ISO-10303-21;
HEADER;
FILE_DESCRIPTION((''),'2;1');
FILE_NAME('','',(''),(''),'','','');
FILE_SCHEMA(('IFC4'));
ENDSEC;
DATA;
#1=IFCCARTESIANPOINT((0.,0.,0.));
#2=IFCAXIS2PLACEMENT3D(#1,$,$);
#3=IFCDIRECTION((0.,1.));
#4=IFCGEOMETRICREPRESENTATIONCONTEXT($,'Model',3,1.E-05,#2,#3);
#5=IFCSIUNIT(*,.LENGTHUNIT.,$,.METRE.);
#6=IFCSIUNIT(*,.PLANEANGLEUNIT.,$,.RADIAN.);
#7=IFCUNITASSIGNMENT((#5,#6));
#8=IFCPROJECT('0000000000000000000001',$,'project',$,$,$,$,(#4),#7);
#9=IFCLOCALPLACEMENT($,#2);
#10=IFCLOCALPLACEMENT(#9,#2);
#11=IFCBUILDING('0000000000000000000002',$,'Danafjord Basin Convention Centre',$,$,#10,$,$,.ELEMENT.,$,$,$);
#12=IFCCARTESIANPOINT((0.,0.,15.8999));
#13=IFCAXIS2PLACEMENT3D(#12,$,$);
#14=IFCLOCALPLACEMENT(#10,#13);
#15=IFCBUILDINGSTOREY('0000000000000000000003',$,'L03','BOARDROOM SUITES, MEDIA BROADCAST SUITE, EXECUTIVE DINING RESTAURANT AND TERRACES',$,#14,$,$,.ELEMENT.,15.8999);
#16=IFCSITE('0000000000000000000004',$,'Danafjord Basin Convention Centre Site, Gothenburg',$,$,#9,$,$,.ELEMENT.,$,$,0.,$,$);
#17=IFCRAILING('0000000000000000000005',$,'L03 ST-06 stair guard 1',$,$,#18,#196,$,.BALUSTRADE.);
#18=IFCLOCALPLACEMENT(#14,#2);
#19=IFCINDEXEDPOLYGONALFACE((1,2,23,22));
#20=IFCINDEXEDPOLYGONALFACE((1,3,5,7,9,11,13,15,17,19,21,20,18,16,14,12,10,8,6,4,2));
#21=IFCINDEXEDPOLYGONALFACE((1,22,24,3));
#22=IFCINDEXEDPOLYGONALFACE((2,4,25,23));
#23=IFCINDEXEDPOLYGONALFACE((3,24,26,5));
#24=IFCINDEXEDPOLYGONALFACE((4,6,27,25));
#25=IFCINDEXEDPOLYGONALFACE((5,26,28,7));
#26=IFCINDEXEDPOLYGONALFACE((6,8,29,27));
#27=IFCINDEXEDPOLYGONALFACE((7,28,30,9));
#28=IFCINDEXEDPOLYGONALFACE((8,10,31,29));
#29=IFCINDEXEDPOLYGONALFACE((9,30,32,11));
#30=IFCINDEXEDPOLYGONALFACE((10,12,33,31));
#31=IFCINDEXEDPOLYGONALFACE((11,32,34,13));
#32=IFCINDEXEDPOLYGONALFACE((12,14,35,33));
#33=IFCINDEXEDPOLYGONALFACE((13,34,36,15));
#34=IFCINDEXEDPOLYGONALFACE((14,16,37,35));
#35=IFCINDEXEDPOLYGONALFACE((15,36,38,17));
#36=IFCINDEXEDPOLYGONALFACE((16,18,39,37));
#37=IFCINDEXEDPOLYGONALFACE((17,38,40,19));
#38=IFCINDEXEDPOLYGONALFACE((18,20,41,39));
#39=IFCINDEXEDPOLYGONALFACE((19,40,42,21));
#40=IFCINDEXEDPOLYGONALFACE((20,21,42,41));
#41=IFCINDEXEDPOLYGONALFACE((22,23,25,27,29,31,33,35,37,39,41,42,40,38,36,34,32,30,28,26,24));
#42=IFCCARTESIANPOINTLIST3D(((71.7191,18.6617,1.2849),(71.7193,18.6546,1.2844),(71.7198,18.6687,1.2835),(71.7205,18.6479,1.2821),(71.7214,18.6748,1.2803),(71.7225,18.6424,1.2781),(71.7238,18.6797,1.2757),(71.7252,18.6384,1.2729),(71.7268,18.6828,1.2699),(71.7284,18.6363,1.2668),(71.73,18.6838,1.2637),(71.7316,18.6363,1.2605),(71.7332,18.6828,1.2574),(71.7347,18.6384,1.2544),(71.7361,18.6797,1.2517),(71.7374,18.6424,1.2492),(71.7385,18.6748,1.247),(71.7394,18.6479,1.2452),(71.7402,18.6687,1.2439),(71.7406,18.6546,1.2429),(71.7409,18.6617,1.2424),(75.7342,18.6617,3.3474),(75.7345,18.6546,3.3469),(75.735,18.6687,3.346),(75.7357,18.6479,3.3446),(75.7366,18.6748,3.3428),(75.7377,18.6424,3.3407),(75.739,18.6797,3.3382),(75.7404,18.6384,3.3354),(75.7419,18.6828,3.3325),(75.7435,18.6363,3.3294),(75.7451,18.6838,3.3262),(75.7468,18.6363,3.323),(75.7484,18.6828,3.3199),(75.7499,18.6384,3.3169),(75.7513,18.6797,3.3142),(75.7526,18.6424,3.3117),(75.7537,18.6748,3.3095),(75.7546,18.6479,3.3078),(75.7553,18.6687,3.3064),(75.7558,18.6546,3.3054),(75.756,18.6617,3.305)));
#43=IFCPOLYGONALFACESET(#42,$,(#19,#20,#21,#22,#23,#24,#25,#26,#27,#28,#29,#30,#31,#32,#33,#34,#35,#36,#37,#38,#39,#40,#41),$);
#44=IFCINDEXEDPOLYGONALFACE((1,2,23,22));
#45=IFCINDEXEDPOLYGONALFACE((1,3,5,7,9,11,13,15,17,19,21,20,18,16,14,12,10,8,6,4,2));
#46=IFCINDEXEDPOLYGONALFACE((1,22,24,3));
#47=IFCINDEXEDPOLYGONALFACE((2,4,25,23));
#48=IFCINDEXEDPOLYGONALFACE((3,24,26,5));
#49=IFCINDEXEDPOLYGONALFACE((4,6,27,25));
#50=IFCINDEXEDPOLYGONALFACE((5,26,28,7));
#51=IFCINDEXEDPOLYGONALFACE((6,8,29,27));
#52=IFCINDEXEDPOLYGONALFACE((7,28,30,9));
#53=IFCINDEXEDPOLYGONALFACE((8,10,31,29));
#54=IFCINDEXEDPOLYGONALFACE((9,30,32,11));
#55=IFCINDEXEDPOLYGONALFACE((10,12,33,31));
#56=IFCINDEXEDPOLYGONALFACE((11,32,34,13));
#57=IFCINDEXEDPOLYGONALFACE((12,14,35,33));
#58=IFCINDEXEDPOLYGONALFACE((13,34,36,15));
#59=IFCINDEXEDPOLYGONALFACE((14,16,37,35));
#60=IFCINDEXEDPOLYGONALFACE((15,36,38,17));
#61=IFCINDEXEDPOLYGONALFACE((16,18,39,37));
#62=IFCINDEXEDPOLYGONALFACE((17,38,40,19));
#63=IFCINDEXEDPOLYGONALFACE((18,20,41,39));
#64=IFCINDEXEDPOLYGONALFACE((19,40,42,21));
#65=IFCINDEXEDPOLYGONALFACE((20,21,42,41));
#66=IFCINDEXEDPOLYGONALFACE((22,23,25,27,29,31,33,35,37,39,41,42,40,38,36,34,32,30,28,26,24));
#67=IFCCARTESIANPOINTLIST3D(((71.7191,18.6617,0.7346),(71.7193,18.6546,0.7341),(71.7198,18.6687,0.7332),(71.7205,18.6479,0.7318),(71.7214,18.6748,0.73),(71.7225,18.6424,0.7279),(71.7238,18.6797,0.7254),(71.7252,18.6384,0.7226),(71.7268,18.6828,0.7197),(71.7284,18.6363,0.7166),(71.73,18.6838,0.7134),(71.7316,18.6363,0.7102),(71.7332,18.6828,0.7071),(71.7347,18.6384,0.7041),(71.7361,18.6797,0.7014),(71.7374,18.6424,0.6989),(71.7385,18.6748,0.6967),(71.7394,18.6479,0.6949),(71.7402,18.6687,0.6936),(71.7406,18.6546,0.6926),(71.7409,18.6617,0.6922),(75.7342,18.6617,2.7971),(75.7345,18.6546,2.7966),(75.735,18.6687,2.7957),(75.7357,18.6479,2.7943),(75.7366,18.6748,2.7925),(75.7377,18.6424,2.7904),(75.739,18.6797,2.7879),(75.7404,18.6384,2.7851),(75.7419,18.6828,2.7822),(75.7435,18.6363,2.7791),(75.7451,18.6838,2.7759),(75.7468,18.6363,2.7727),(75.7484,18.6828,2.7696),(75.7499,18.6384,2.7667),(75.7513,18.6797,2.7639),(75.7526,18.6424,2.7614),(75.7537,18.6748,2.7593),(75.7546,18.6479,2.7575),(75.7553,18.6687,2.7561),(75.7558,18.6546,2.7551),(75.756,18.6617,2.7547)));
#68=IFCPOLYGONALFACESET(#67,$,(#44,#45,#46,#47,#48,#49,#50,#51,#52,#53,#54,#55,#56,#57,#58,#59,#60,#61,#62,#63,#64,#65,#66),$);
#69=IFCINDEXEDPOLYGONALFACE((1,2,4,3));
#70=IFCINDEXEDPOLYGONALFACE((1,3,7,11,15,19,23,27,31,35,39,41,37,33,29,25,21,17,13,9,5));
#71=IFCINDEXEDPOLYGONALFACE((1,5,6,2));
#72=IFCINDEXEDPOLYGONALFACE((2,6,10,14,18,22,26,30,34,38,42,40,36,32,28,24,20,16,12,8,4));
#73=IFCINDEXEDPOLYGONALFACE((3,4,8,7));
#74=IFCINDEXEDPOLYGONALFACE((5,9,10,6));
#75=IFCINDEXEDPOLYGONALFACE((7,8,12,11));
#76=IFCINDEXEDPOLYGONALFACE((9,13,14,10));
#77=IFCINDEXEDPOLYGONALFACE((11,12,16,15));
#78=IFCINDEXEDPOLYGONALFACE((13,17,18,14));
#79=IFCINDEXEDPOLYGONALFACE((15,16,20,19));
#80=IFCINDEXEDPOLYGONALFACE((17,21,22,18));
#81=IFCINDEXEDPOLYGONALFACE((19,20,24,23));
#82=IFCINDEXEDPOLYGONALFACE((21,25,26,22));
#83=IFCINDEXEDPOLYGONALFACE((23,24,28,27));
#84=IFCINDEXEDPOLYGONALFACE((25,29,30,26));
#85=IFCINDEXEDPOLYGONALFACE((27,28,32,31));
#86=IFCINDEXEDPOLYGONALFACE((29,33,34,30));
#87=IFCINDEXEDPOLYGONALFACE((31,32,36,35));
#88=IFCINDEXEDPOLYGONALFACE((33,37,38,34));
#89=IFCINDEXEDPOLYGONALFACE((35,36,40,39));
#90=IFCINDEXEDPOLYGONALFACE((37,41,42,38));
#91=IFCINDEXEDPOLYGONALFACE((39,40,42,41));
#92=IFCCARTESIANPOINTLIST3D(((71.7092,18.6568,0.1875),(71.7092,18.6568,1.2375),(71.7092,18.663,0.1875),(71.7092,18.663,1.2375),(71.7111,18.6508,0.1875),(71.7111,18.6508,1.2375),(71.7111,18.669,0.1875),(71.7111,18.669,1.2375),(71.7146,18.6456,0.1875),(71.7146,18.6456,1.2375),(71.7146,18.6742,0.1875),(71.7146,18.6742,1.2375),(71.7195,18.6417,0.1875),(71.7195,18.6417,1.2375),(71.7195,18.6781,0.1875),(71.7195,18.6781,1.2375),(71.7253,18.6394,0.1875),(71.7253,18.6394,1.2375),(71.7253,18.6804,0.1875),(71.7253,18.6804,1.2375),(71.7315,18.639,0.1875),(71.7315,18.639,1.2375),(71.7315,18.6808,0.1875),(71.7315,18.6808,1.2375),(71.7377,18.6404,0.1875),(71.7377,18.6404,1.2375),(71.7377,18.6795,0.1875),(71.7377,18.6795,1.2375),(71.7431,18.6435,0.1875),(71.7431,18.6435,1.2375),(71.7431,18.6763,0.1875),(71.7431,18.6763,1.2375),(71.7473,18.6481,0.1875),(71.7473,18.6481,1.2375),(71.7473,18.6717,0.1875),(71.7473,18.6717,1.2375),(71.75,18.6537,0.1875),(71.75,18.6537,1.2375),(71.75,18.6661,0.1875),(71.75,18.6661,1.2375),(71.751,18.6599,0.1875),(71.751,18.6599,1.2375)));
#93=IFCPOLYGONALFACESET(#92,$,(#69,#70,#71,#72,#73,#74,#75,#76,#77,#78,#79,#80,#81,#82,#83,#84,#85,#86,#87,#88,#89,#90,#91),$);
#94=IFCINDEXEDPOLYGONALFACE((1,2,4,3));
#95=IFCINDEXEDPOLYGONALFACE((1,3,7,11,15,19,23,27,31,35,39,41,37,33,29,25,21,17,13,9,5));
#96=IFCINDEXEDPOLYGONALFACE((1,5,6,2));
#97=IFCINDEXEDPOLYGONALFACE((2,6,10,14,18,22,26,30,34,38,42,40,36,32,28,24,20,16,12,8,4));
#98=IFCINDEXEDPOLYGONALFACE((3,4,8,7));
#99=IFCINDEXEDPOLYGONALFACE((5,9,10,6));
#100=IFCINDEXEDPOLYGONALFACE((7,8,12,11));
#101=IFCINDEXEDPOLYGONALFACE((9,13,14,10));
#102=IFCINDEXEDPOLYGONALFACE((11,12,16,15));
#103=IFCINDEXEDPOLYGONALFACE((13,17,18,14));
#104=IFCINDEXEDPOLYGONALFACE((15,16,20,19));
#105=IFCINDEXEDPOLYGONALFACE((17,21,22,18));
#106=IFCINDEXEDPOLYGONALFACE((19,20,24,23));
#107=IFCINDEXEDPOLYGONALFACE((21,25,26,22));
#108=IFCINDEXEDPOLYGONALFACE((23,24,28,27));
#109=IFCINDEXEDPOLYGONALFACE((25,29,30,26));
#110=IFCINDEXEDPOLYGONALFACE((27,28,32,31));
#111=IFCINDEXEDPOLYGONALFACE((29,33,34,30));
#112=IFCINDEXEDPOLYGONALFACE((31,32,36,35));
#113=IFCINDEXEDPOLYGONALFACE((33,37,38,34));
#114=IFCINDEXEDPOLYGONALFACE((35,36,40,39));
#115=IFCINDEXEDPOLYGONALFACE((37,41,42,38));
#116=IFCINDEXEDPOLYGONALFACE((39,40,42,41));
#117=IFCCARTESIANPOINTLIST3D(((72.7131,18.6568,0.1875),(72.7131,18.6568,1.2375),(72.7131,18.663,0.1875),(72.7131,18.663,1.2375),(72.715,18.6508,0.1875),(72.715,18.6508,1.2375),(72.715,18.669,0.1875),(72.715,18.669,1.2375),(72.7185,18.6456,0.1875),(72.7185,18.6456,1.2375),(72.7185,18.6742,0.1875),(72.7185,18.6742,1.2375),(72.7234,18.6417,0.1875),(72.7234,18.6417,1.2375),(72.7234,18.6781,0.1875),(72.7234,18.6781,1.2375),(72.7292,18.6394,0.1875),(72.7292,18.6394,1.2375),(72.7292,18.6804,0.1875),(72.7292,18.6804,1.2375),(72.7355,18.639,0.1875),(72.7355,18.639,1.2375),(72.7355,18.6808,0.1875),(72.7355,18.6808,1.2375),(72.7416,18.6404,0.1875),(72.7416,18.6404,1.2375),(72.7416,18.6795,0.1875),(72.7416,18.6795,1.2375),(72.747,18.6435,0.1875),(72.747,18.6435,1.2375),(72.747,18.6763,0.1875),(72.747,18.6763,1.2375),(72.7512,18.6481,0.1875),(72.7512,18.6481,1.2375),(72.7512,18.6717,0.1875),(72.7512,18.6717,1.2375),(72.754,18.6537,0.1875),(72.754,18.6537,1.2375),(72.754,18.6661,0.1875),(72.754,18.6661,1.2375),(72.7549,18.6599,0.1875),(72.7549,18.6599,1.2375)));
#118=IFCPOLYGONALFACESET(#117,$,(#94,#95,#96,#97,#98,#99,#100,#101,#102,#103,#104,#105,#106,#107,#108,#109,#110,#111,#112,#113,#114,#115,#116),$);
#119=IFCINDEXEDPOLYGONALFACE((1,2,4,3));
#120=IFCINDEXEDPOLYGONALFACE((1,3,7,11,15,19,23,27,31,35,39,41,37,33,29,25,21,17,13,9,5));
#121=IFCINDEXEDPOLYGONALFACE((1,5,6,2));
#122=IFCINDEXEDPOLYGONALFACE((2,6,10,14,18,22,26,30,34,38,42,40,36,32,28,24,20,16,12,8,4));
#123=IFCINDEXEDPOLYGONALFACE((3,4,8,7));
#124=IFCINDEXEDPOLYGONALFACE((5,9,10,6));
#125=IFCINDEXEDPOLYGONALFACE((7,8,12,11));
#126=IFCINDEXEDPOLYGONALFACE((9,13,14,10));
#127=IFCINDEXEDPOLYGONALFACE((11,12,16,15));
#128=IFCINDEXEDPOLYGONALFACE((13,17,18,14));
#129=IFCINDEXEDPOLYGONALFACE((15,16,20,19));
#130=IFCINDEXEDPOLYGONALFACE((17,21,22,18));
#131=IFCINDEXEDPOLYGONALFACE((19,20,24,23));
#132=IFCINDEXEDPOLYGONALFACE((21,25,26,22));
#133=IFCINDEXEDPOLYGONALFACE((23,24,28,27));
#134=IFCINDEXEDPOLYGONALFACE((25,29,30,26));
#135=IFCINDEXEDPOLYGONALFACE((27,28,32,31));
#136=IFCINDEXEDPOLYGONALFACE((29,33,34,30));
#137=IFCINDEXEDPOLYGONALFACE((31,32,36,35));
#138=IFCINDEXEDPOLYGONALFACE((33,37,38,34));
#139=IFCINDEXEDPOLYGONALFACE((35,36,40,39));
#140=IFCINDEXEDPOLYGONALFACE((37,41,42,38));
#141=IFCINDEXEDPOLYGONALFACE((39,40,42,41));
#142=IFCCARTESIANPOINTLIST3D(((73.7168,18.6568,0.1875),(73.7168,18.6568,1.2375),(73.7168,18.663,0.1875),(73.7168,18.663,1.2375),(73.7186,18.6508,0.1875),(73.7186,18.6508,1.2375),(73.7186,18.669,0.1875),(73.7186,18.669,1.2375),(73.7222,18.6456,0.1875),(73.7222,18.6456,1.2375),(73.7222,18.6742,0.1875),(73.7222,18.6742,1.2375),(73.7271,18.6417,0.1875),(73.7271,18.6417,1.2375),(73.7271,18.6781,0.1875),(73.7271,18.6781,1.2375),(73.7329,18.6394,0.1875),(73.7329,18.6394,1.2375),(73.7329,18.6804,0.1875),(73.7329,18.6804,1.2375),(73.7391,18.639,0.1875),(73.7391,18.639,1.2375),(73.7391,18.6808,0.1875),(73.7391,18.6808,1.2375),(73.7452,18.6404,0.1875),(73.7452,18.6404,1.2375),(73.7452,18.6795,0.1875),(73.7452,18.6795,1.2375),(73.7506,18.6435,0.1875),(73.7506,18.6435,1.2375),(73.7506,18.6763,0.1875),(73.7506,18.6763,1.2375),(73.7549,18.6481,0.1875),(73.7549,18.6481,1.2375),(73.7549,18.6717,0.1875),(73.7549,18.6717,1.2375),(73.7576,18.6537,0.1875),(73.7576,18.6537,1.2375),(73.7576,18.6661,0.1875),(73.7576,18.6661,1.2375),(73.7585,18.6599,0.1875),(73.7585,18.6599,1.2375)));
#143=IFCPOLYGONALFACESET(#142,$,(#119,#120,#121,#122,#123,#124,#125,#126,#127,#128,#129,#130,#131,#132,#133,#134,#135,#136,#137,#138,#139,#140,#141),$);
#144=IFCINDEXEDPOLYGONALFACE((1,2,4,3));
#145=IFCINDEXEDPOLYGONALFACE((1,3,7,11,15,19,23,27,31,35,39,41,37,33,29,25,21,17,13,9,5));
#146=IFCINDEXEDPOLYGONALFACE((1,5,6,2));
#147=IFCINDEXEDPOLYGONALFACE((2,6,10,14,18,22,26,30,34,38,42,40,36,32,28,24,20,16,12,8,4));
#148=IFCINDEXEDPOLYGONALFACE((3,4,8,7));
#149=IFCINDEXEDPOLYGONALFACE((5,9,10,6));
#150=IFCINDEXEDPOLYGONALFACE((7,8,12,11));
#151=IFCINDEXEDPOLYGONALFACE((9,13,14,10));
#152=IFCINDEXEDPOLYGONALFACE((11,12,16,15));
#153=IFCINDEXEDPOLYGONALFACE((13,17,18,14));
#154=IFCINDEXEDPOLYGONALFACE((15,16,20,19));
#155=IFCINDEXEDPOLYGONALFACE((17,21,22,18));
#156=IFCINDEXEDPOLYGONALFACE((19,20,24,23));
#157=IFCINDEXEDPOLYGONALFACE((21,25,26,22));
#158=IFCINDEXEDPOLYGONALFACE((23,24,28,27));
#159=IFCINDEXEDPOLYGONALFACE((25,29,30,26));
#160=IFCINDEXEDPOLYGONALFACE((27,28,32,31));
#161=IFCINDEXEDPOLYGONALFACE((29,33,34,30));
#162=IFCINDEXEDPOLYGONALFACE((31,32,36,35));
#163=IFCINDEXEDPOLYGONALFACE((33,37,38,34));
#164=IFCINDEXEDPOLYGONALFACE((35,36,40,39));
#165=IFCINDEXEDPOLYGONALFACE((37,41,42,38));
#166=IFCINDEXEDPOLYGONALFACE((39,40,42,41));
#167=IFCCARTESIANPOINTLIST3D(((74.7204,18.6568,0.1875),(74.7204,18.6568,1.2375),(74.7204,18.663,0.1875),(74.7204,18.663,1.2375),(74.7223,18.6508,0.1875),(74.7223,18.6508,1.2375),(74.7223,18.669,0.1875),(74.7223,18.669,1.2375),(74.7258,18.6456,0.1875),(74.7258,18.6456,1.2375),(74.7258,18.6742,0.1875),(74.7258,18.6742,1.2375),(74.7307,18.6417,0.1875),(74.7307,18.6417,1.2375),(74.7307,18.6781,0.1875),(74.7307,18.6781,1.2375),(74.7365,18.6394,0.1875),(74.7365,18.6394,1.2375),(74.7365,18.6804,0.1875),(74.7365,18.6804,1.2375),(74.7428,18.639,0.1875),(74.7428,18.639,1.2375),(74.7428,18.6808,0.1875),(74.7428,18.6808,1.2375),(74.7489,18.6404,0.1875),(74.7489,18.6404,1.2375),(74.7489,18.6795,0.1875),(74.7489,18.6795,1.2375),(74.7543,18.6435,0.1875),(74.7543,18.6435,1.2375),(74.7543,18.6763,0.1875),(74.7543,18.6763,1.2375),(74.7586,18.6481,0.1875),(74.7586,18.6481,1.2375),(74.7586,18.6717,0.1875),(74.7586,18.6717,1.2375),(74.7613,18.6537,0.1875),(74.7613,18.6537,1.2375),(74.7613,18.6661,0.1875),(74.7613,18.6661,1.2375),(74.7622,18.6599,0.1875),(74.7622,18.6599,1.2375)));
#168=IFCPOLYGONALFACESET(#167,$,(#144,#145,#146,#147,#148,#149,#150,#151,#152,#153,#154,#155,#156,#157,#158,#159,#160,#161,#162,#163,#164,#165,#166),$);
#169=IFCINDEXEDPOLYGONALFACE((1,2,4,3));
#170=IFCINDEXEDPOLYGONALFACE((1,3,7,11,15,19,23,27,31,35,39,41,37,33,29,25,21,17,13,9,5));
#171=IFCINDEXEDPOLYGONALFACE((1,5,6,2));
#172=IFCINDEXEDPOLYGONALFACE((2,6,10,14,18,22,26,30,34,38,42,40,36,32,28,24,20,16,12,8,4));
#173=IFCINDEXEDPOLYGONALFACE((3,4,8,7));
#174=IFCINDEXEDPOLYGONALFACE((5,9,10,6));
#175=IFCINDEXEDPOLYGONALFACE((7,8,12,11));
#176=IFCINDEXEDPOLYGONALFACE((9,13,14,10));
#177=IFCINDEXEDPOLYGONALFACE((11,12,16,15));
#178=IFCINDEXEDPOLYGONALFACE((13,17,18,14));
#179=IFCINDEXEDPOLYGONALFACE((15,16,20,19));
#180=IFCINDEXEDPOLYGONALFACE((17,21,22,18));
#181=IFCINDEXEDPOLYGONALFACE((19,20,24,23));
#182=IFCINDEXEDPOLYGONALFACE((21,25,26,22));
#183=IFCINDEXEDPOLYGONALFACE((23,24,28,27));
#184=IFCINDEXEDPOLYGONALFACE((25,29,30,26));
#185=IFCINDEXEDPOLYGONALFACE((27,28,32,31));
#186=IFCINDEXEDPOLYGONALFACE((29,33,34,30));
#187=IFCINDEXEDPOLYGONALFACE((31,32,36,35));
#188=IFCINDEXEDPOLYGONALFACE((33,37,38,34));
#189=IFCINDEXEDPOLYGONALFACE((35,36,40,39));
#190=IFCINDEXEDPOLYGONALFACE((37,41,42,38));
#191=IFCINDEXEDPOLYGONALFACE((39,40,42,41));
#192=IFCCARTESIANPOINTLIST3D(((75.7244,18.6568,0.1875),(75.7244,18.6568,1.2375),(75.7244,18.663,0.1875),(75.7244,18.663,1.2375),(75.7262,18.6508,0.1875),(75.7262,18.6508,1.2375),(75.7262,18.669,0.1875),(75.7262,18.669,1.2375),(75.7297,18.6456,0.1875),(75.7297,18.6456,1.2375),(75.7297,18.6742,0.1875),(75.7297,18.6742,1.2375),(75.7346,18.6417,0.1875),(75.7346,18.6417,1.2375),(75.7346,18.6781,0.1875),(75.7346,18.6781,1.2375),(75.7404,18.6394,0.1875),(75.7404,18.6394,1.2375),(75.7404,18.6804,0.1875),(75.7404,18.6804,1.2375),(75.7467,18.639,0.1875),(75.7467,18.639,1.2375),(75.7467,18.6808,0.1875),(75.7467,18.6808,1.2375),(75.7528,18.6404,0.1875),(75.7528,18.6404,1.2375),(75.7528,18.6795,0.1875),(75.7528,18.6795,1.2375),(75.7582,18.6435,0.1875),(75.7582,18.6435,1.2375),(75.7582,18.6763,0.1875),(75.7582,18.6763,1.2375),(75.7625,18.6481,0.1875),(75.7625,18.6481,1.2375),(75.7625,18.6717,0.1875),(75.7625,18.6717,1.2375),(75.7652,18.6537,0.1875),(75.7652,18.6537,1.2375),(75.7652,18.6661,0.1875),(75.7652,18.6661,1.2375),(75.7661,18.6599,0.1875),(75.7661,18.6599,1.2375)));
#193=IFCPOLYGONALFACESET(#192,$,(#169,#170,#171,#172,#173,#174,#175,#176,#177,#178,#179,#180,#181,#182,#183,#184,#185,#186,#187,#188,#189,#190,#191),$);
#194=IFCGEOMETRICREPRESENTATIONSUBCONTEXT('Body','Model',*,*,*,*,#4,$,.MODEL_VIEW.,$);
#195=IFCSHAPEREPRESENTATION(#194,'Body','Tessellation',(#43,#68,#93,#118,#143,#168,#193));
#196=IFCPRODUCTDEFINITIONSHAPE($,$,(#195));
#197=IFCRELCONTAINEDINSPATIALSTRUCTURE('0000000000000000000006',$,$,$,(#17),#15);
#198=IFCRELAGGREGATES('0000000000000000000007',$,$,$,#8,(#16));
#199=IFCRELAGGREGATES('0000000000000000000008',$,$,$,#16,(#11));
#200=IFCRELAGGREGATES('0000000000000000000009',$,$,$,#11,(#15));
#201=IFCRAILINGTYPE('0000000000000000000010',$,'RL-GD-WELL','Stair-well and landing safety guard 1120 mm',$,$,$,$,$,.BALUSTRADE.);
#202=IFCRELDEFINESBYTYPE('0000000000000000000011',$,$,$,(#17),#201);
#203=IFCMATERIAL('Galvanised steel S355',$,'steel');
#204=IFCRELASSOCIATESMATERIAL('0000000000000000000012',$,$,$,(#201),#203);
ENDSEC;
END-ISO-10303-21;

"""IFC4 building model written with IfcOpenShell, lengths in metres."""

from ifc_helpers import new_model, si_unit, direction, frame, origin, origin_2d, place, context, subcontext, project, spatial, circle, extrude, material, type_object, element, save


model = new_model("IFC4")

# Units and contexts
model_context = context("Model", 3, precision=1e-05, world=origin(), true_north=direction((0.0, 1.0)))
body_context = subcontext(model_context, "Body", "Model", "MODEL_VIEW")
ifc_project = project(units=[si_unit("LENGTHUNIT", "METRE"), si_unit("PLANEANGLEUNIT", "RADIAN")], contexts=[model_context])

# Site, building, storey
site_placement = place(None, origin())
site = spatial("IfcSite", under=ifc_project, at=site_placement, Name="Danafjord Basin Convention Centre Site, Gothenburg", CompositionType="ELEMENT", RefElevation=0.0)
building_placement = place(site_placement, origin())
building = spatial("IfcBuilding", under=site, at=building_placement, Name="Danafjord Basin Convention Centre", CompositionType="ELEMENT")
storey_placement = place(building_placement, frame((0.0, 0.0, 15.8999)))
storey = spatial("IfcBuildingStorey", under=building, at=storey_placement, Name="L03", Description="BOARDROOM SUITES, MEDIA BROADCAST SUITE, EXECUTIVE DINING RESTAURANT AND TERRACES", CompositionType="ELEMENT", Elevation=15.8999)

# Railing
ifc_material_1 = material(Name="Galvanised steel S355", Category="steel")
railing_type_1 = type_object("IfcRailingType", Name="RL-GD-WELL", Description="Stair-well and landing safety guard 1120 mm", PredefinedType="BALUSTRADE", material=ifc_material_1)
railing_1_placement = place(storey_placement, frame((71.73, 18.6599, 0.1875)))
element("IfcRailing", 1, at=railing_1_placement, inside=storey, type_object=railing_type_1, Name="L03 ST-06 stair guard 1", PredefinedType="BALUSTRADE", context=body_context, shape_type="SweptSolid", body=[
    extrude(circle(Radius=0.0239, at=origin_2d()), frame((0.0, 0.0, 1.0762), z_axis=(0.889506, 0.0, 0.456923), x_axis=(0.0, 1.0, 0.0)), (0.0, 0.0, 1.0), 4.5139),
    extrude(circle(Radius=0.0239, at=origin_2d()), frame((0.0, 0.0, 0.5259), z_axis=(0.889506, 0.0, 0.456923), x_axis=(0.0, 1.0, 0.0)), (0.0, 0.0, 1.0), 4.5139),
    extrude(circle(Radius=0.021, at=origin_2d()), origin(), (0.0, 0.0, 1.0), 1.05),
    extrude(circle(Radius=0.021, at=origin_2d()), frame((1.0039, 0.0, 0.0)), (0.0, 0.0, 1.0), 1.05),
    extrude(circle(Radius=0.021, at=origin_2d()), frame((2.0076, 0.0, 0.0)), (0.0, 0.0, 1.0), 1.05),
    extrude(circle(Radius=0.021, at=origin_2d()), frame((3.0112, 0.0, 0.0)), (0.0, 0.0, 1.0), 1.05),
    extrude(circle(Radius=0.021, at=origin_2d()), frame((4.0151, 0.0, 0.0)), (0.0, 0.0, 1.0), 1.05),
])

save(model, "model.ifc")
